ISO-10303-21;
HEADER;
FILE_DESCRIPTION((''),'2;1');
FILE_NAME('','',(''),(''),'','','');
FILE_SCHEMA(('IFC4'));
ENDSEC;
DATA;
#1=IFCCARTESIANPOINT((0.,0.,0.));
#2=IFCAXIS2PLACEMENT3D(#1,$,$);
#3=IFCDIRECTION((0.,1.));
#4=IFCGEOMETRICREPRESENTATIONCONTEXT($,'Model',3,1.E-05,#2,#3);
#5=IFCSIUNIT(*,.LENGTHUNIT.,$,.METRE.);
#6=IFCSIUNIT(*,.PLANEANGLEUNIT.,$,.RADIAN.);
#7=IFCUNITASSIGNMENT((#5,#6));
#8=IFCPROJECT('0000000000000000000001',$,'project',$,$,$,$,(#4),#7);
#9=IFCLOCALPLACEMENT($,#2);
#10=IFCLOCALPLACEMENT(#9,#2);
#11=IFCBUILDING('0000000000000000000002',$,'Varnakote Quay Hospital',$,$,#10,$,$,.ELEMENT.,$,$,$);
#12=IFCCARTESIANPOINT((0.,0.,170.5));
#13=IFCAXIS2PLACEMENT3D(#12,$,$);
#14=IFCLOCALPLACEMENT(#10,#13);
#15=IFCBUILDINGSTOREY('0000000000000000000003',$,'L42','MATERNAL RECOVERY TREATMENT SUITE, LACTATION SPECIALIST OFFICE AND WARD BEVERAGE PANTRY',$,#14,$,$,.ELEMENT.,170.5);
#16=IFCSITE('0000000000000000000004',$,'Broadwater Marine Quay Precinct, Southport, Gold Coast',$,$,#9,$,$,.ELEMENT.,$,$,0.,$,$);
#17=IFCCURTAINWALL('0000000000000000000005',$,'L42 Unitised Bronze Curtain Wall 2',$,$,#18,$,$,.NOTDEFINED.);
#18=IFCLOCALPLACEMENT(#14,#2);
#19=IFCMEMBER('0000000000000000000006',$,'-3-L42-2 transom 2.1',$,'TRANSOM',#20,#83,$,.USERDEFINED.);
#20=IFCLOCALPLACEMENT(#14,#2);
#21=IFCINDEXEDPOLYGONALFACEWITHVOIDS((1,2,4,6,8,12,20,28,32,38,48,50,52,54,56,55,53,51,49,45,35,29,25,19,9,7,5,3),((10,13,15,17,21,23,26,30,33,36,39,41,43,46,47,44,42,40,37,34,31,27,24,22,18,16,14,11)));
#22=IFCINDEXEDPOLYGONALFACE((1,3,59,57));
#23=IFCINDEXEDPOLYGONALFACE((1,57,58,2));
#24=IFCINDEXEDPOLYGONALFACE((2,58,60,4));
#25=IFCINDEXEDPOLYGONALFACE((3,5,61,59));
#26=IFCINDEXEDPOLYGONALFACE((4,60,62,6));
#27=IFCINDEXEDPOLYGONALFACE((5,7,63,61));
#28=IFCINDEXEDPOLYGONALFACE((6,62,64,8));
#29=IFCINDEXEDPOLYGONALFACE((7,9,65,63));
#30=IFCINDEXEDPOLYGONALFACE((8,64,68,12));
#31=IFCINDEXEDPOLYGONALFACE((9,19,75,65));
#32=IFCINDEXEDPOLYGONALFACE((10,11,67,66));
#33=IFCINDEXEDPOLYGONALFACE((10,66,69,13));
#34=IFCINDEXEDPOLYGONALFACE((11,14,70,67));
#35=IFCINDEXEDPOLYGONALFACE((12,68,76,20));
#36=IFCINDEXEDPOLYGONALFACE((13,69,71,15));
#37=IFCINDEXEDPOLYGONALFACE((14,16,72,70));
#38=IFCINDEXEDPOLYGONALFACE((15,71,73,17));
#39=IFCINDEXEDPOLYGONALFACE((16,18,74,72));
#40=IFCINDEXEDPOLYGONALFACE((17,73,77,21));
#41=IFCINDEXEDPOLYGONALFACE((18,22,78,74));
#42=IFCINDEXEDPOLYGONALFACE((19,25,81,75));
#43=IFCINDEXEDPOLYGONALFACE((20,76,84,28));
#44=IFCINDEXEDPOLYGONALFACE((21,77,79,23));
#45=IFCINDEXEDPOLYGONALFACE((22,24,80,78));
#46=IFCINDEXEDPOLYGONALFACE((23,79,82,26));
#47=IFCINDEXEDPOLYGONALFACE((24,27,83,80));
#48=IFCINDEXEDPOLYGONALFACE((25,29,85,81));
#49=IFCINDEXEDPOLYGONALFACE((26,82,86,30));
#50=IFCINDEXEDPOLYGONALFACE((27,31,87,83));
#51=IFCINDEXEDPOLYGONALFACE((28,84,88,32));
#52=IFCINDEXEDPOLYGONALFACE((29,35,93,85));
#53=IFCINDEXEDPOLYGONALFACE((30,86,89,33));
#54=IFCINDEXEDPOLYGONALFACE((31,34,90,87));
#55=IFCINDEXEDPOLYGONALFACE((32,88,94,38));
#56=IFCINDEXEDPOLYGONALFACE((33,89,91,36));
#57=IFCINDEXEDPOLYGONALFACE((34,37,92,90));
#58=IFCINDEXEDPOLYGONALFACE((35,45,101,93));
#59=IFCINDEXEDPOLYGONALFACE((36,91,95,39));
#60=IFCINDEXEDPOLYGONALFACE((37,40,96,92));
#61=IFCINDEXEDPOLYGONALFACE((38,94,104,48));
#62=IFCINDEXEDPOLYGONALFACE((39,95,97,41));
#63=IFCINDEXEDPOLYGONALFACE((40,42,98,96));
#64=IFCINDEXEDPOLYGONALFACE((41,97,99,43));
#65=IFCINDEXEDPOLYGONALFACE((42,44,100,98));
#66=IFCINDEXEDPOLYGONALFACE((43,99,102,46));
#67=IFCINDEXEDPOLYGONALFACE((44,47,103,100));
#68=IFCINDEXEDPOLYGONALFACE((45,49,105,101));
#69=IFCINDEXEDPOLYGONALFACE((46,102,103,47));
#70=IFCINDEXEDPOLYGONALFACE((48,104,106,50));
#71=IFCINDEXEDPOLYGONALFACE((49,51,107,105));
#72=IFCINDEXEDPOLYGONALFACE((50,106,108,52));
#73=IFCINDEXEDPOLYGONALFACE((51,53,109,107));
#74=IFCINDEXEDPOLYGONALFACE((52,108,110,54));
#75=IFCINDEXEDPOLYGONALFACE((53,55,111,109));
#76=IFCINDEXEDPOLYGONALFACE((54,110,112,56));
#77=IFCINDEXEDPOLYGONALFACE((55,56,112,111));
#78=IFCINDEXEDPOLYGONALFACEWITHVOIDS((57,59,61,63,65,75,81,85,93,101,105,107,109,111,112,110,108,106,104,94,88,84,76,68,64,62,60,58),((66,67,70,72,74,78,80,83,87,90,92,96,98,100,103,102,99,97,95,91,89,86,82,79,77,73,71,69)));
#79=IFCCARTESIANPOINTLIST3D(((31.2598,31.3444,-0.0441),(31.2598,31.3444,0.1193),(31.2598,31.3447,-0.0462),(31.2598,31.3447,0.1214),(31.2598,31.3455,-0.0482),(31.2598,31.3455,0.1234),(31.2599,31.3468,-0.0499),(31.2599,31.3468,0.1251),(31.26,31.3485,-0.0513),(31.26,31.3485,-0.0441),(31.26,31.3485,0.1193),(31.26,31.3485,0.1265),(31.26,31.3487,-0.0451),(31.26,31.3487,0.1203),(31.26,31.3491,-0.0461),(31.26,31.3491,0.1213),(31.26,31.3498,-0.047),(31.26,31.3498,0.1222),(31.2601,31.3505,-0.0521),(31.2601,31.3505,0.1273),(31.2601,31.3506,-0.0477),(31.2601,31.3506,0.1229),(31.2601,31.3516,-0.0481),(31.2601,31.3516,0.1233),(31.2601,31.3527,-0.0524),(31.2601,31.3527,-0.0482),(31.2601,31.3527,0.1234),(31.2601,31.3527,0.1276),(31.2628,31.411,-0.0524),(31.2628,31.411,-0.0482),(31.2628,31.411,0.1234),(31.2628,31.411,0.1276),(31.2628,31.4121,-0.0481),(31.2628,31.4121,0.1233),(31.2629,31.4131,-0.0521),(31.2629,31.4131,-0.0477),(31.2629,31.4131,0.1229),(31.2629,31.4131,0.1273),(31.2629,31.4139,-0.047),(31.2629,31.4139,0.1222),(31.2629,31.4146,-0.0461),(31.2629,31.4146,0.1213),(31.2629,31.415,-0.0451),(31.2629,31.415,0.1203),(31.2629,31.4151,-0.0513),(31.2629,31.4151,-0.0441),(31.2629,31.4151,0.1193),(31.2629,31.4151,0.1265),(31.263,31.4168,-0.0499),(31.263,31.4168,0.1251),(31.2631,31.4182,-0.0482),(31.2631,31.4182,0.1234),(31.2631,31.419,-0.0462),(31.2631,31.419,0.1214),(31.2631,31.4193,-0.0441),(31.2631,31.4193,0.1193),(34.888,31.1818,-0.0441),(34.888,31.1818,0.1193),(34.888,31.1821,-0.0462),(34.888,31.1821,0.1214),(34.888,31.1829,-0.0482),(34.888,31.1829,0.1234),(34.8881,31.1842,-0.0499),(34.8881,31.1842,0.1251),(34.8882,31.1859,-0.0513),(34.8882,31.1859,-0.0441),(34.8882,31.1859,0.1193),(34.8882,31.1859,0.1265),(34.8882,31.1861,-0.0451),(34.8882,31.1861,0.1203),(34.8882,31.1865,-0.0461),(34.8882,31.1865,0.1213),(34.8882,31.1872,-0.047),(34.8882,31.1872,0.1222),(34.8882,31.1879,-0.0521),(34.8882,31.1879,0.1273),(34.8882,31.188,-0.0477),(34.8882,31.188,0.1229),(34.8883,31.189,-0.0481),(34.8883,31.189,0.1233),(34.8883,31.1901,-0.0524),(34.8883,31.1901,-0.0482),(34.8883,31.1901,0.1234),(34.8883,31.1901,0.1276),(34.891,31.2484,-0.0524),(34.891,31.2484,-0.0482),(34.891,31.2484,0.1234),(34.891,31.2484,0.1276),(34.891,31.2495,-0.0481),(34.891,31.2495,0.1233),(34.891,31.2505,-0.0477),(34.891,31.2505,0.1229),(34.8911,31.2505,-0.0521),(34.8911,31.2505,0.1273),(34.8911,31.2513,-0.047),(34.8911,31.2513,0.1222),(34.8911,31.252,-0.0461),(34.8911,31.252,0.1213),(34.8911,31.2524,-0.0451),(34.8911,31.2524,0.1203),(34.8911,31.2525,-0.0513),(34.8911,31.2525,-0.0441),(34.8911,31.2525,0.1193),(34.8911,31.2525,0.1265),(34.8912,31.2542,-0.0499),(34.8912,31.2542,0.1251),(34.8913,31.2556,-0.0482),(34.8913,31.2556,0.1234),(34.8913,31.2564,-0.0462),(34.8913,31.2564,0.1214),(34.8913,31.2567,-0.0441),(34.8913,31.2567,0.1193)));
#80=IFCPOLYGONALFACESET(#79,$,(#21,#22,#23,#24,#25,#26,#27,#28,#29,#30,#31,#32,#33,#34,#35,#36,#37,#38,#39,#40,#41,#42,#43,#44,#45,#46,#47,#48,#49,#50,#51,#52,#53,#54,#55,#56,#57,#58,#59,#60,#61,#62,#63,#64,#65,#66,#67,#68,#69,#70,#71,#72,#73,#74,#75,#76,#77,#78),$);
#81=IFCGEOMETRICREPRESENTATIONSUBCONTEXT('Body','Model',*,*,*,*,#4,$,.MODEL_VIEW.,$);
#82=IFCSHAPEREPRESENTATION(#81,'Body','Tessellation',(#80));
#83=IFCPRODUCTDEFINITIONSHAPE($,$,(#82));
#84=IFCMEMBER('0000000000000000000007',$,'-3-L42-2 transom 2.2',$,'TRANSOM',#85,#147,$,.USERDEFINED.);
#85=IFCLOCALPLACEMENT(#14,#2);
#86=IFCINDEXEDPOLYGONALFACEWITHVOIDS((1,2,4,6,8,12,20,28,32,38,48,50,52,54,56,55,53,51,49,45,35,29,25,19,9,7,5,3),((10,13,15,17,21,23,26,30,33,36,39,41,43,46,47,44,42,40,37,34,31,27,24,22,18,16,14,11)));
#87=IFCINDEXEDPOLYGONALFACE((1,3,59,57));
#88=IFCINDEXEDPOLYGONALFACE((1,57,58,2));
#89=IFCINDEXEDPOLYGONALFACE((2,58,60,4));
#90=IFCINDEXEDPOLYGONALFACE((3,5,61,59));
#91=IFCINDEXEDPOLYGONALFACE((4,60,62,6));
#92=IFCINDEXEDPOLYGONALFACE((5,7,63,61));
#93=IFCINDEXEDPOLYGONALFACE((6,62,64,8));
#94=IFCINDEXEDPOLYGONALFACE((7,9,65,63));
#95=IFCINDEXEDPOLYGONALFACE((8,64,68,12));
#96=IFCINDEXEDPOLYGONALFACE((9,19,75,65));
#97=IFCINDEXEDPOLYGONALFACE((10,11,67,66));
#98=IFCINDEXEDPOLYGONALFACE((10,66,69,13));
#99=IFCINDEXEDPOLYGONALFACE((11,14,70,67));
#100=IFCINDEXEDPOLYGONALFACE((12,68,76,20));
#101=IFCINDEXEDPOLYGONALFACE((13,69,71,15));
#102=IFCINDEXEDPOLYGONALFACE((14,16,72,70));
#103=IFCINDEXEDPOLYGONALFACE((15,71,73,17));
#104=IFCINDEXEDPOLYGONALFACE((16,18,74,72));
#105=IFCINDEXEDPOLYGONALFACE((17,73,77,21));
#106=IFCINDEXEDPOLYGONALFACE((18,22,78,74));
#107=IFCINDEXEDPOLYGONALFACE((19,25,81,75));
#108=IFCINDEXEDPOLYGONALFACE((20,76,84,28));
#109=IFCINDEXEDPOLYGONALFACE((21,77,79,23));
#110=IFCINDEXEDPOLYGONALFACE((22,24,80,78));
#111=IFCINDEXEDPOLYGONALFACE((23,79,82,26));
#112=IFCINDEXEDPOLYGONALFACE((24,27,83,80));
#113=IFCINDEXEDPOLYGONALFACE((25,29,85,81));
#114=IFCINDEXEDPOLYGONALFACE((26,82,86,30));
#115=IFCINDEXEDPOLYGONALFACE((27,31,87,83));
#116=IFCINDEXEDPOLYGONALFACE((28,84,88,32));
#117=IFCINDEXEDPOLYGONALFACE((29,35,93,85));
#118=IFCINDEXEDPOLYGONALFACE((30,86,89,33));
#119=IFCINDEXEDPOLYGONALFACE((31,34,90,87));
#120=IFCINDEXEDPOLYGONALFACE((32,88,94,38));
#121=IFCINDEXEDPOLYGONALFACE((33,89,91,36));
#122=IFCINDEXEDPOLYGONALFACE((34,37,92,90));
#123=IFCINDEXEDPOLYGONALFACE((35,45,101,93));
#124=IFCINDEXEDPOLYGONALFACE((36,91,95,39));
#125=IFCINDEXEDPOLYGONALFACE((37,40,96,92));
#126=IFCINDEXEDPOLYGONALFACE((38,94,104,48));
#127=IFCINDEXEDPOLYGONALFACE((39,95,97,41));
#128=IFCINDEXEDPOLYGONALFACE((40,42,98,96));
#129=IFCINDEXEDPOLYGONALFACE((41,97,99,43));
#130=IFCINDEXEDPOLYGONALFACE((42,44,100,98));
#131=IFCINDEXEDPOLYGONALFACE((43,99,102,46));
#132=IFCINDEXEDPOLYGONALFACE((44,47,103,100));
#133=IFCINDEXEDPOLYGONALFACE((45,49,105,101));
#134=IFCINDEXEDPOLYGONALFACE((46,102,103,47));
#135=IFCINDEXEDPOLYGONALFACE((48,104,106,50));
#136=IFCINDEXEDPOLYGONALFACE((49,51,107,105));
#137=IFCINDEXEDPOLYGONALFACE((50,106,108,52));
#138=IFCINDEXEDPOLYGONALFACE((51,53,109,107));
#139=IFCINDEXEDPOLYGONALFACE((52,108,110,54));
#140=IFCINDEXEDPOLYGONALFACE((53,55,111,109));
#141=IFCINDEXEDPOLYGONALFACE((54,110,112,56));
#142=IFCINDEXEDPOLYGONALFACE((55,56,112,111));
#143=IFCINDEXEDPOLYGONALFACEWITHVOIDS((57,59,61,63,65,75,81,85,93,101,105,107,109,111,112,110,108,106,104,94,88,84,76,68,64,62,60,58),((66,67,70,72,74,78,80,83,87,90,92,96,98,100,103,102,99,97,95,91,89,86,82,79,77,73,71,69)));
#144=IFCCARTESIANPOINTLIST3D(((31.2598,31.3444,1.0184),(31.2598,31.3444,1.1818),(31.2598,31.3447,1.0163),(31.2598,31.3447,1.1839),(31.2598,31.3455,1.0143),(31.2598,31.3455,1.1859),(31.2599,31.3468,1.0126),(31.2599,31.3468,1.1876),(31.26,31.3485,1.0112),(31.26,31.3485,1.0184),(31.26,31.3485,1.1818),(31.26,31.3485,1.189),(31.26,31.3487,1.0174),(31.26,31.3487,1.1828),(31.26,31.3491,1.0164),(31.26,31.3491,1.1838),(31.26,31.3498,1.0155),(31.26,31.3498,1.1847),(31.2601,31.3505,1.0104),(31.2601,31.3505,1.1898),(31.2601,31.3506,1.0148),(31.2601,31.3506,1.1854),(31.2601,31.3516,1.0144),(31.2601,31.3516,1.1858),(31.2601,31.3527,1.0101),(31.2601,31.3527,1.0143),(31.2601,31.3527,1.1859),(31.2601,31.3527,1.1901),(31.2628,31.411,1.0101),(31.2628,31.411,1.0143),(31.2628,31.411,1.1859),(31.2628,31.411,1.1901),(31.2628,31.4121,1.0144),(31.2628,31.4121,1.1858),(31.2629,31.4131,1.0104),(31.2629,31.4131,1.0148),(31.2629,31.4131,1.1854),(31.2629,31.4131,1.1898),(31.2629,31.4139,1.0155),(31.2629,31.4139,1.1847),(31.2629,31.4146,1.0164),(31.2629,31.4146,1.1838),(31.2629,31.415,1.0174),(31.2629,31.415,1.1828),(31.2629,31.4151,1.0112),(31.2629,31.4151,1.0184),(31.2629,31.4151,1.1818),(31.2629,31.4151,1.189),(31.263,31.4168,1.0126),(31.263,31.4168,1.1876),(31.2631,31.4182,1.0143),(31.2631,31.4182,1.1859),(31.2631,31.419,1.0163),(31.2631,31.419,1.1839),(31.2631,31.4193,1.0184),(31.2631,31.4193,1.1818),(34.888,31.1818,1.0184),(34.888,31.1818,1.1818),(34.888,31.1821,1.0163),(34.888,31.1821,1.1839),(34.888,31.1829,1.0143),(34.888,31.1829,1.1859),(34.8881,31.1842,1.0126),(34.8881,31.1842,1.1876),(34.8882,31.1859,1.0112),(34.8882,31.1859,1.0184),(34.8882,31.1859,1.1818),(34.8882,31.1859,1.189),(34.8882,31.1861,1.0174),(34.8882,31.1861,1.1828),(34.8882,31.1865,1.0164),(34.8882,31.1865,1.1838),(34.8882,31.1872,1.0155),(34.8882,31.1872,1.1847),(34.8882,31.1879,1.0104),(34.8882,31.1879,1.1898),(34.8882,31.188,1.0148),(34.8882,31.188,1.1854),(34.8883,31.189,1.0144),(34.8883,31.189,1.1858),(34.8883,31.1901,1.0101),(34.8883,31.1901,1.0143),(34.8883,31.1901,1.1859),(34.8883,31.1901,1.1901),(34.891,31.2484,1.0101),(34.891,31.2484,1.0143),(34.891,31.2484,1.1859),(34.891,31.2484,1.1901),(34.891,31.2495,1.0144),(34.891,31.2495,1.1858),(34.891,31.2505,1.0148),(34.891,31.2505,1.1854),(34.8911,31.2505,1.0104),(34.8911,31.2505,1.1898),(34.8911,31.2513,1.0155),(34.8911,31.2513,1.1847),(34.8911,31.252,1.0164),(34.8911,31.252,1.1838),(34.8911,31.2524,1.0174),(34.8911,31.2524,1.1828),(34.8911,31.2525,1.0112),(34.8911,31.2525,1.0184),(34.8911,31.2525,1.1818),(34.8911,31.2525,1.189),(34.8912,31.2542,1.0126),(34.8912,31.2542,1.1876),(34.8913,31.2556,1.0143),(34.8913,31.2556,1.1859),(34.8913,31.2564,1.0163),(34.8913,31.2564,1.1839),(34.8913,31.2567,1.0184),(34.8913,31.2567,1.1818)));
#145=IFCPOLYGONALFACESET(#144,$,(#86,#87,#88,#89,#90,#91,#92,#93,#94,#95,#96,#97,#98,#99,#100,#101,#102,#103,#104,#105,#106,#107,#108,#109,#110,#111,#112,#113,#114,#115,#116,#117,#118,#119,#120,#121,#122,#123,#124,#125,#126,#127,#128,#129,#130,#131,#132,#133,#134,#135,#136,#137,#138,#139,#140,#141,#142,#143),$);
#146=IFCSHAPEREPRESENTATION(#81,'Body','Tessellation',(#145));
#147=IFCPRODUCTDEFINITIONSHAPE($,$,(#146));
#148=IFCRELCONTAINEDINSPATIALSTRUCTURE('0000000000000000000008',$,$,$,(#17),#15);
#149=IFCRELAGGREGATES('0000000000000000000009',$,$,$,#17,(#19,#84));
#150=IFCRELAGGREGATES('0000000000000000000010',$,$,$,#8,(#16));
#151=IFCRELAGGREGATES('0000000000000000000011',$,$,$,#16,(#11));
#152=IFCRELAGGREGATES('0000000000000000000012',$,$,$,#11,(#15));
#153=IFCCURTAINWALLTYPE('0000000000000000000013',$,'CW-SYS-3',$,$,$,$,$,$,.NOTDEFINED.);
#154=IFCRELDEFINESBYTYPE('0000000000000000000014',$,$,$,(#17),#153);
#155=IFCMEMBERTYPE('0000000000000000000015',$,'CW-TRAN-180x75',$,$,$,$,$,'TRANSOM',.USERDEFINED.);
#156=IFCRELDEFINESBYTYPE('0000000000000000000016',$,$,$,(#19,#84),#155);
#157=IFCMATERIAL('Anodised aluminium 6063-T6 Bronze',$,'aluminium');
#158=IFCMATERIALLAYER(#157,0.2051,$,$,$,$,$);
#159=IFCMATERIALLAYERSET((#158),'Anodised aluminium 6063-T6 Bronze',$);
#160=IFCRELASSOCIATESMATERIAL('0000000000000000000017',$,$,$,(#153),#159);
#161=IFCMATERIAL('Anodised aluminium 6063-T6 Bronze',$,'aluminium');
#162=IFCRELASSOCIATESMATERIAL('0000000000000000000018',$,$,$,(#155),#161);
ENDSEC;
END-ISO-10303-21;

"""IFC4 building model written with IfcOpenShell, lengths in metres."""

from ifc_helpers import new_model, si_unit, direction, frame, origin, origin_2d, place, context, subcontext, project, spatial, hollow_rectangle, extrude, material, layer, layer_set, material_profile, profile_set, type_object, element, aggregate, save


model = new_model("IFC4")

# Units and contexts
model_context = context("Model", 3, precision=1e-05, world=origin(), true_north=direction((0.0, 1.0)))
body_context = subcontext(model_context, "Body", "Model", "MODEL_VIEW")
ifc_project = project(units=[si_unit("LENGTHUNIT", "METRE"), si_unit("PLANEANGLEUNIT", "RADIAN")], contexts=[model_context])

# Site, building, storey
site_placement = place(None, origin())
site = spatial("IfcSite", under=ifc_project, at=site_placement, Name="Broadwater Marine Quay Precinct, Southport, Gold Coast", CompositionType="ELEMENT", RefElevation=0.0)
building_placement = place(site_placement, origin())
building = spatial("IfcBuilding", under=site, at=building_placement, Name="Varnakote Quay Hospital", CompositionType="ELEMENT")
storey_placement = place(building_placement, frame((0.0, 0.0, 170.5)))
storey = spatial("IfcBuildingStorey", under=building, at=storey_placement, Name="L42", Description="MATERNAL RECOVERY TREATMENT SUITE, LACTATION SPECIALIST OFFICE AND WARD BEVERAGE PANTRY", CompositionType="ELEMENT", Elevation=170.5)

# Shared definitions
ifc_material_1 = material(Name="Anodised aluminium 6063-T6 Bronze", Category="aluminium")
ifc_layer_1 = layer(ifc_material_1, 0.2051)
ifc_layer_set_1 = layer_set([ifc_layer_1], Name="Anodised aluminium 6063-T6 Bronze")
curtain_wall_type = type_object("IfcCurtainWallType", Name="CW-SYS-3", PredefinedType="NOTDEFINED", material=ifc_layer_set_1)

# Curtain wall, members
curtain_wall_1_placement = place(storey_placement, origin())
curtain_wall_1 = element("IfcCurtainWall", 1, at=curtain_wall_1_placement, inside=storey, type_object=curtain_wall_type, Name="L42 Unitised Bronze Curtain Wall 2", PredefinedType="NOTDEFINED")
ifc_material_2 = material(Name="Anodised aluminium 6063-T6 Bronze", Category="aluminium")
ifc_material_profile_1 = material_profile(ifc_material_2, hollow_rectangle(XDim=0.075, YDim=0.1799, WallThickness=0.0042, InnerFilletRadius=0.0042, OuterFilletRadius=0.0083, at=origin_2d()), Name="CW-TRAN-180x75")
ifc_profile_set_1 = profile_set([ifc_material_profile_1], Name="Anodised aluminium 6063-T6 Bronze")
member_type_1 = type_object("IfcMemberType", Name="CW-TRAN-180x75", ElementType="TRANSOM", PredefinedType="USERDEFINED", material=ifc_profile_set_1)
member_1_placement = place(storey_placement, frame((34.8896, 31.2192, 0.0376), z_axis=(-0.998997, 0.04477, 0.0), x_axis=(-0.04477, -0.998997, 0.0)))
member_1 = element("IfcMember", 2, at=member_1_placement, type_object=member_type_1, Name="-3-L42-2 transom 2.1", ObjectType="TRANSOM", PredefinedType="USERDEFINED", context=body_context, shape_type="SweptSolid", body=[
    extrude(hollow_rectangle(XDim=0.075, YDim=0.1799, WallThickness=0.0042, InnerFilletRadius=0.0042, OuterFilletRadius=0.0083, at=origin_2d()), origin(), (0.0, 0.0, 1.0), 3.6318),
])
member_2_placement = place(storey_placement, frame((34.8896, 31.2192, 1.1001), z_axis=(-0.998997, 0.04477, 0.0), x_axis=(-0.04477, -0.998997, 0.0)))
member_2 = element("IfcMember", 3, at=member_2_placement, type_object=member_type_1, Name="-3-L42-2 transom 2.2", ObjectType="TRANSOM", PredefinedType="USERDEFINED", context=body_context, shape_type="SweptSolid", body=[
    extrude(hollow_rectangle(XDim=0.075, YDim=0.1799, WallThickness=0.0042, InnerFilletRadius=0.0042, OuterFilletRadius=0.0083, at=origin_2d()), origin(), (0.0, 0.0, 1.0), 3.6318),
])

aggregate(curtain_wall_1, [member_1, member_2])

save(model, "model.ifc")
